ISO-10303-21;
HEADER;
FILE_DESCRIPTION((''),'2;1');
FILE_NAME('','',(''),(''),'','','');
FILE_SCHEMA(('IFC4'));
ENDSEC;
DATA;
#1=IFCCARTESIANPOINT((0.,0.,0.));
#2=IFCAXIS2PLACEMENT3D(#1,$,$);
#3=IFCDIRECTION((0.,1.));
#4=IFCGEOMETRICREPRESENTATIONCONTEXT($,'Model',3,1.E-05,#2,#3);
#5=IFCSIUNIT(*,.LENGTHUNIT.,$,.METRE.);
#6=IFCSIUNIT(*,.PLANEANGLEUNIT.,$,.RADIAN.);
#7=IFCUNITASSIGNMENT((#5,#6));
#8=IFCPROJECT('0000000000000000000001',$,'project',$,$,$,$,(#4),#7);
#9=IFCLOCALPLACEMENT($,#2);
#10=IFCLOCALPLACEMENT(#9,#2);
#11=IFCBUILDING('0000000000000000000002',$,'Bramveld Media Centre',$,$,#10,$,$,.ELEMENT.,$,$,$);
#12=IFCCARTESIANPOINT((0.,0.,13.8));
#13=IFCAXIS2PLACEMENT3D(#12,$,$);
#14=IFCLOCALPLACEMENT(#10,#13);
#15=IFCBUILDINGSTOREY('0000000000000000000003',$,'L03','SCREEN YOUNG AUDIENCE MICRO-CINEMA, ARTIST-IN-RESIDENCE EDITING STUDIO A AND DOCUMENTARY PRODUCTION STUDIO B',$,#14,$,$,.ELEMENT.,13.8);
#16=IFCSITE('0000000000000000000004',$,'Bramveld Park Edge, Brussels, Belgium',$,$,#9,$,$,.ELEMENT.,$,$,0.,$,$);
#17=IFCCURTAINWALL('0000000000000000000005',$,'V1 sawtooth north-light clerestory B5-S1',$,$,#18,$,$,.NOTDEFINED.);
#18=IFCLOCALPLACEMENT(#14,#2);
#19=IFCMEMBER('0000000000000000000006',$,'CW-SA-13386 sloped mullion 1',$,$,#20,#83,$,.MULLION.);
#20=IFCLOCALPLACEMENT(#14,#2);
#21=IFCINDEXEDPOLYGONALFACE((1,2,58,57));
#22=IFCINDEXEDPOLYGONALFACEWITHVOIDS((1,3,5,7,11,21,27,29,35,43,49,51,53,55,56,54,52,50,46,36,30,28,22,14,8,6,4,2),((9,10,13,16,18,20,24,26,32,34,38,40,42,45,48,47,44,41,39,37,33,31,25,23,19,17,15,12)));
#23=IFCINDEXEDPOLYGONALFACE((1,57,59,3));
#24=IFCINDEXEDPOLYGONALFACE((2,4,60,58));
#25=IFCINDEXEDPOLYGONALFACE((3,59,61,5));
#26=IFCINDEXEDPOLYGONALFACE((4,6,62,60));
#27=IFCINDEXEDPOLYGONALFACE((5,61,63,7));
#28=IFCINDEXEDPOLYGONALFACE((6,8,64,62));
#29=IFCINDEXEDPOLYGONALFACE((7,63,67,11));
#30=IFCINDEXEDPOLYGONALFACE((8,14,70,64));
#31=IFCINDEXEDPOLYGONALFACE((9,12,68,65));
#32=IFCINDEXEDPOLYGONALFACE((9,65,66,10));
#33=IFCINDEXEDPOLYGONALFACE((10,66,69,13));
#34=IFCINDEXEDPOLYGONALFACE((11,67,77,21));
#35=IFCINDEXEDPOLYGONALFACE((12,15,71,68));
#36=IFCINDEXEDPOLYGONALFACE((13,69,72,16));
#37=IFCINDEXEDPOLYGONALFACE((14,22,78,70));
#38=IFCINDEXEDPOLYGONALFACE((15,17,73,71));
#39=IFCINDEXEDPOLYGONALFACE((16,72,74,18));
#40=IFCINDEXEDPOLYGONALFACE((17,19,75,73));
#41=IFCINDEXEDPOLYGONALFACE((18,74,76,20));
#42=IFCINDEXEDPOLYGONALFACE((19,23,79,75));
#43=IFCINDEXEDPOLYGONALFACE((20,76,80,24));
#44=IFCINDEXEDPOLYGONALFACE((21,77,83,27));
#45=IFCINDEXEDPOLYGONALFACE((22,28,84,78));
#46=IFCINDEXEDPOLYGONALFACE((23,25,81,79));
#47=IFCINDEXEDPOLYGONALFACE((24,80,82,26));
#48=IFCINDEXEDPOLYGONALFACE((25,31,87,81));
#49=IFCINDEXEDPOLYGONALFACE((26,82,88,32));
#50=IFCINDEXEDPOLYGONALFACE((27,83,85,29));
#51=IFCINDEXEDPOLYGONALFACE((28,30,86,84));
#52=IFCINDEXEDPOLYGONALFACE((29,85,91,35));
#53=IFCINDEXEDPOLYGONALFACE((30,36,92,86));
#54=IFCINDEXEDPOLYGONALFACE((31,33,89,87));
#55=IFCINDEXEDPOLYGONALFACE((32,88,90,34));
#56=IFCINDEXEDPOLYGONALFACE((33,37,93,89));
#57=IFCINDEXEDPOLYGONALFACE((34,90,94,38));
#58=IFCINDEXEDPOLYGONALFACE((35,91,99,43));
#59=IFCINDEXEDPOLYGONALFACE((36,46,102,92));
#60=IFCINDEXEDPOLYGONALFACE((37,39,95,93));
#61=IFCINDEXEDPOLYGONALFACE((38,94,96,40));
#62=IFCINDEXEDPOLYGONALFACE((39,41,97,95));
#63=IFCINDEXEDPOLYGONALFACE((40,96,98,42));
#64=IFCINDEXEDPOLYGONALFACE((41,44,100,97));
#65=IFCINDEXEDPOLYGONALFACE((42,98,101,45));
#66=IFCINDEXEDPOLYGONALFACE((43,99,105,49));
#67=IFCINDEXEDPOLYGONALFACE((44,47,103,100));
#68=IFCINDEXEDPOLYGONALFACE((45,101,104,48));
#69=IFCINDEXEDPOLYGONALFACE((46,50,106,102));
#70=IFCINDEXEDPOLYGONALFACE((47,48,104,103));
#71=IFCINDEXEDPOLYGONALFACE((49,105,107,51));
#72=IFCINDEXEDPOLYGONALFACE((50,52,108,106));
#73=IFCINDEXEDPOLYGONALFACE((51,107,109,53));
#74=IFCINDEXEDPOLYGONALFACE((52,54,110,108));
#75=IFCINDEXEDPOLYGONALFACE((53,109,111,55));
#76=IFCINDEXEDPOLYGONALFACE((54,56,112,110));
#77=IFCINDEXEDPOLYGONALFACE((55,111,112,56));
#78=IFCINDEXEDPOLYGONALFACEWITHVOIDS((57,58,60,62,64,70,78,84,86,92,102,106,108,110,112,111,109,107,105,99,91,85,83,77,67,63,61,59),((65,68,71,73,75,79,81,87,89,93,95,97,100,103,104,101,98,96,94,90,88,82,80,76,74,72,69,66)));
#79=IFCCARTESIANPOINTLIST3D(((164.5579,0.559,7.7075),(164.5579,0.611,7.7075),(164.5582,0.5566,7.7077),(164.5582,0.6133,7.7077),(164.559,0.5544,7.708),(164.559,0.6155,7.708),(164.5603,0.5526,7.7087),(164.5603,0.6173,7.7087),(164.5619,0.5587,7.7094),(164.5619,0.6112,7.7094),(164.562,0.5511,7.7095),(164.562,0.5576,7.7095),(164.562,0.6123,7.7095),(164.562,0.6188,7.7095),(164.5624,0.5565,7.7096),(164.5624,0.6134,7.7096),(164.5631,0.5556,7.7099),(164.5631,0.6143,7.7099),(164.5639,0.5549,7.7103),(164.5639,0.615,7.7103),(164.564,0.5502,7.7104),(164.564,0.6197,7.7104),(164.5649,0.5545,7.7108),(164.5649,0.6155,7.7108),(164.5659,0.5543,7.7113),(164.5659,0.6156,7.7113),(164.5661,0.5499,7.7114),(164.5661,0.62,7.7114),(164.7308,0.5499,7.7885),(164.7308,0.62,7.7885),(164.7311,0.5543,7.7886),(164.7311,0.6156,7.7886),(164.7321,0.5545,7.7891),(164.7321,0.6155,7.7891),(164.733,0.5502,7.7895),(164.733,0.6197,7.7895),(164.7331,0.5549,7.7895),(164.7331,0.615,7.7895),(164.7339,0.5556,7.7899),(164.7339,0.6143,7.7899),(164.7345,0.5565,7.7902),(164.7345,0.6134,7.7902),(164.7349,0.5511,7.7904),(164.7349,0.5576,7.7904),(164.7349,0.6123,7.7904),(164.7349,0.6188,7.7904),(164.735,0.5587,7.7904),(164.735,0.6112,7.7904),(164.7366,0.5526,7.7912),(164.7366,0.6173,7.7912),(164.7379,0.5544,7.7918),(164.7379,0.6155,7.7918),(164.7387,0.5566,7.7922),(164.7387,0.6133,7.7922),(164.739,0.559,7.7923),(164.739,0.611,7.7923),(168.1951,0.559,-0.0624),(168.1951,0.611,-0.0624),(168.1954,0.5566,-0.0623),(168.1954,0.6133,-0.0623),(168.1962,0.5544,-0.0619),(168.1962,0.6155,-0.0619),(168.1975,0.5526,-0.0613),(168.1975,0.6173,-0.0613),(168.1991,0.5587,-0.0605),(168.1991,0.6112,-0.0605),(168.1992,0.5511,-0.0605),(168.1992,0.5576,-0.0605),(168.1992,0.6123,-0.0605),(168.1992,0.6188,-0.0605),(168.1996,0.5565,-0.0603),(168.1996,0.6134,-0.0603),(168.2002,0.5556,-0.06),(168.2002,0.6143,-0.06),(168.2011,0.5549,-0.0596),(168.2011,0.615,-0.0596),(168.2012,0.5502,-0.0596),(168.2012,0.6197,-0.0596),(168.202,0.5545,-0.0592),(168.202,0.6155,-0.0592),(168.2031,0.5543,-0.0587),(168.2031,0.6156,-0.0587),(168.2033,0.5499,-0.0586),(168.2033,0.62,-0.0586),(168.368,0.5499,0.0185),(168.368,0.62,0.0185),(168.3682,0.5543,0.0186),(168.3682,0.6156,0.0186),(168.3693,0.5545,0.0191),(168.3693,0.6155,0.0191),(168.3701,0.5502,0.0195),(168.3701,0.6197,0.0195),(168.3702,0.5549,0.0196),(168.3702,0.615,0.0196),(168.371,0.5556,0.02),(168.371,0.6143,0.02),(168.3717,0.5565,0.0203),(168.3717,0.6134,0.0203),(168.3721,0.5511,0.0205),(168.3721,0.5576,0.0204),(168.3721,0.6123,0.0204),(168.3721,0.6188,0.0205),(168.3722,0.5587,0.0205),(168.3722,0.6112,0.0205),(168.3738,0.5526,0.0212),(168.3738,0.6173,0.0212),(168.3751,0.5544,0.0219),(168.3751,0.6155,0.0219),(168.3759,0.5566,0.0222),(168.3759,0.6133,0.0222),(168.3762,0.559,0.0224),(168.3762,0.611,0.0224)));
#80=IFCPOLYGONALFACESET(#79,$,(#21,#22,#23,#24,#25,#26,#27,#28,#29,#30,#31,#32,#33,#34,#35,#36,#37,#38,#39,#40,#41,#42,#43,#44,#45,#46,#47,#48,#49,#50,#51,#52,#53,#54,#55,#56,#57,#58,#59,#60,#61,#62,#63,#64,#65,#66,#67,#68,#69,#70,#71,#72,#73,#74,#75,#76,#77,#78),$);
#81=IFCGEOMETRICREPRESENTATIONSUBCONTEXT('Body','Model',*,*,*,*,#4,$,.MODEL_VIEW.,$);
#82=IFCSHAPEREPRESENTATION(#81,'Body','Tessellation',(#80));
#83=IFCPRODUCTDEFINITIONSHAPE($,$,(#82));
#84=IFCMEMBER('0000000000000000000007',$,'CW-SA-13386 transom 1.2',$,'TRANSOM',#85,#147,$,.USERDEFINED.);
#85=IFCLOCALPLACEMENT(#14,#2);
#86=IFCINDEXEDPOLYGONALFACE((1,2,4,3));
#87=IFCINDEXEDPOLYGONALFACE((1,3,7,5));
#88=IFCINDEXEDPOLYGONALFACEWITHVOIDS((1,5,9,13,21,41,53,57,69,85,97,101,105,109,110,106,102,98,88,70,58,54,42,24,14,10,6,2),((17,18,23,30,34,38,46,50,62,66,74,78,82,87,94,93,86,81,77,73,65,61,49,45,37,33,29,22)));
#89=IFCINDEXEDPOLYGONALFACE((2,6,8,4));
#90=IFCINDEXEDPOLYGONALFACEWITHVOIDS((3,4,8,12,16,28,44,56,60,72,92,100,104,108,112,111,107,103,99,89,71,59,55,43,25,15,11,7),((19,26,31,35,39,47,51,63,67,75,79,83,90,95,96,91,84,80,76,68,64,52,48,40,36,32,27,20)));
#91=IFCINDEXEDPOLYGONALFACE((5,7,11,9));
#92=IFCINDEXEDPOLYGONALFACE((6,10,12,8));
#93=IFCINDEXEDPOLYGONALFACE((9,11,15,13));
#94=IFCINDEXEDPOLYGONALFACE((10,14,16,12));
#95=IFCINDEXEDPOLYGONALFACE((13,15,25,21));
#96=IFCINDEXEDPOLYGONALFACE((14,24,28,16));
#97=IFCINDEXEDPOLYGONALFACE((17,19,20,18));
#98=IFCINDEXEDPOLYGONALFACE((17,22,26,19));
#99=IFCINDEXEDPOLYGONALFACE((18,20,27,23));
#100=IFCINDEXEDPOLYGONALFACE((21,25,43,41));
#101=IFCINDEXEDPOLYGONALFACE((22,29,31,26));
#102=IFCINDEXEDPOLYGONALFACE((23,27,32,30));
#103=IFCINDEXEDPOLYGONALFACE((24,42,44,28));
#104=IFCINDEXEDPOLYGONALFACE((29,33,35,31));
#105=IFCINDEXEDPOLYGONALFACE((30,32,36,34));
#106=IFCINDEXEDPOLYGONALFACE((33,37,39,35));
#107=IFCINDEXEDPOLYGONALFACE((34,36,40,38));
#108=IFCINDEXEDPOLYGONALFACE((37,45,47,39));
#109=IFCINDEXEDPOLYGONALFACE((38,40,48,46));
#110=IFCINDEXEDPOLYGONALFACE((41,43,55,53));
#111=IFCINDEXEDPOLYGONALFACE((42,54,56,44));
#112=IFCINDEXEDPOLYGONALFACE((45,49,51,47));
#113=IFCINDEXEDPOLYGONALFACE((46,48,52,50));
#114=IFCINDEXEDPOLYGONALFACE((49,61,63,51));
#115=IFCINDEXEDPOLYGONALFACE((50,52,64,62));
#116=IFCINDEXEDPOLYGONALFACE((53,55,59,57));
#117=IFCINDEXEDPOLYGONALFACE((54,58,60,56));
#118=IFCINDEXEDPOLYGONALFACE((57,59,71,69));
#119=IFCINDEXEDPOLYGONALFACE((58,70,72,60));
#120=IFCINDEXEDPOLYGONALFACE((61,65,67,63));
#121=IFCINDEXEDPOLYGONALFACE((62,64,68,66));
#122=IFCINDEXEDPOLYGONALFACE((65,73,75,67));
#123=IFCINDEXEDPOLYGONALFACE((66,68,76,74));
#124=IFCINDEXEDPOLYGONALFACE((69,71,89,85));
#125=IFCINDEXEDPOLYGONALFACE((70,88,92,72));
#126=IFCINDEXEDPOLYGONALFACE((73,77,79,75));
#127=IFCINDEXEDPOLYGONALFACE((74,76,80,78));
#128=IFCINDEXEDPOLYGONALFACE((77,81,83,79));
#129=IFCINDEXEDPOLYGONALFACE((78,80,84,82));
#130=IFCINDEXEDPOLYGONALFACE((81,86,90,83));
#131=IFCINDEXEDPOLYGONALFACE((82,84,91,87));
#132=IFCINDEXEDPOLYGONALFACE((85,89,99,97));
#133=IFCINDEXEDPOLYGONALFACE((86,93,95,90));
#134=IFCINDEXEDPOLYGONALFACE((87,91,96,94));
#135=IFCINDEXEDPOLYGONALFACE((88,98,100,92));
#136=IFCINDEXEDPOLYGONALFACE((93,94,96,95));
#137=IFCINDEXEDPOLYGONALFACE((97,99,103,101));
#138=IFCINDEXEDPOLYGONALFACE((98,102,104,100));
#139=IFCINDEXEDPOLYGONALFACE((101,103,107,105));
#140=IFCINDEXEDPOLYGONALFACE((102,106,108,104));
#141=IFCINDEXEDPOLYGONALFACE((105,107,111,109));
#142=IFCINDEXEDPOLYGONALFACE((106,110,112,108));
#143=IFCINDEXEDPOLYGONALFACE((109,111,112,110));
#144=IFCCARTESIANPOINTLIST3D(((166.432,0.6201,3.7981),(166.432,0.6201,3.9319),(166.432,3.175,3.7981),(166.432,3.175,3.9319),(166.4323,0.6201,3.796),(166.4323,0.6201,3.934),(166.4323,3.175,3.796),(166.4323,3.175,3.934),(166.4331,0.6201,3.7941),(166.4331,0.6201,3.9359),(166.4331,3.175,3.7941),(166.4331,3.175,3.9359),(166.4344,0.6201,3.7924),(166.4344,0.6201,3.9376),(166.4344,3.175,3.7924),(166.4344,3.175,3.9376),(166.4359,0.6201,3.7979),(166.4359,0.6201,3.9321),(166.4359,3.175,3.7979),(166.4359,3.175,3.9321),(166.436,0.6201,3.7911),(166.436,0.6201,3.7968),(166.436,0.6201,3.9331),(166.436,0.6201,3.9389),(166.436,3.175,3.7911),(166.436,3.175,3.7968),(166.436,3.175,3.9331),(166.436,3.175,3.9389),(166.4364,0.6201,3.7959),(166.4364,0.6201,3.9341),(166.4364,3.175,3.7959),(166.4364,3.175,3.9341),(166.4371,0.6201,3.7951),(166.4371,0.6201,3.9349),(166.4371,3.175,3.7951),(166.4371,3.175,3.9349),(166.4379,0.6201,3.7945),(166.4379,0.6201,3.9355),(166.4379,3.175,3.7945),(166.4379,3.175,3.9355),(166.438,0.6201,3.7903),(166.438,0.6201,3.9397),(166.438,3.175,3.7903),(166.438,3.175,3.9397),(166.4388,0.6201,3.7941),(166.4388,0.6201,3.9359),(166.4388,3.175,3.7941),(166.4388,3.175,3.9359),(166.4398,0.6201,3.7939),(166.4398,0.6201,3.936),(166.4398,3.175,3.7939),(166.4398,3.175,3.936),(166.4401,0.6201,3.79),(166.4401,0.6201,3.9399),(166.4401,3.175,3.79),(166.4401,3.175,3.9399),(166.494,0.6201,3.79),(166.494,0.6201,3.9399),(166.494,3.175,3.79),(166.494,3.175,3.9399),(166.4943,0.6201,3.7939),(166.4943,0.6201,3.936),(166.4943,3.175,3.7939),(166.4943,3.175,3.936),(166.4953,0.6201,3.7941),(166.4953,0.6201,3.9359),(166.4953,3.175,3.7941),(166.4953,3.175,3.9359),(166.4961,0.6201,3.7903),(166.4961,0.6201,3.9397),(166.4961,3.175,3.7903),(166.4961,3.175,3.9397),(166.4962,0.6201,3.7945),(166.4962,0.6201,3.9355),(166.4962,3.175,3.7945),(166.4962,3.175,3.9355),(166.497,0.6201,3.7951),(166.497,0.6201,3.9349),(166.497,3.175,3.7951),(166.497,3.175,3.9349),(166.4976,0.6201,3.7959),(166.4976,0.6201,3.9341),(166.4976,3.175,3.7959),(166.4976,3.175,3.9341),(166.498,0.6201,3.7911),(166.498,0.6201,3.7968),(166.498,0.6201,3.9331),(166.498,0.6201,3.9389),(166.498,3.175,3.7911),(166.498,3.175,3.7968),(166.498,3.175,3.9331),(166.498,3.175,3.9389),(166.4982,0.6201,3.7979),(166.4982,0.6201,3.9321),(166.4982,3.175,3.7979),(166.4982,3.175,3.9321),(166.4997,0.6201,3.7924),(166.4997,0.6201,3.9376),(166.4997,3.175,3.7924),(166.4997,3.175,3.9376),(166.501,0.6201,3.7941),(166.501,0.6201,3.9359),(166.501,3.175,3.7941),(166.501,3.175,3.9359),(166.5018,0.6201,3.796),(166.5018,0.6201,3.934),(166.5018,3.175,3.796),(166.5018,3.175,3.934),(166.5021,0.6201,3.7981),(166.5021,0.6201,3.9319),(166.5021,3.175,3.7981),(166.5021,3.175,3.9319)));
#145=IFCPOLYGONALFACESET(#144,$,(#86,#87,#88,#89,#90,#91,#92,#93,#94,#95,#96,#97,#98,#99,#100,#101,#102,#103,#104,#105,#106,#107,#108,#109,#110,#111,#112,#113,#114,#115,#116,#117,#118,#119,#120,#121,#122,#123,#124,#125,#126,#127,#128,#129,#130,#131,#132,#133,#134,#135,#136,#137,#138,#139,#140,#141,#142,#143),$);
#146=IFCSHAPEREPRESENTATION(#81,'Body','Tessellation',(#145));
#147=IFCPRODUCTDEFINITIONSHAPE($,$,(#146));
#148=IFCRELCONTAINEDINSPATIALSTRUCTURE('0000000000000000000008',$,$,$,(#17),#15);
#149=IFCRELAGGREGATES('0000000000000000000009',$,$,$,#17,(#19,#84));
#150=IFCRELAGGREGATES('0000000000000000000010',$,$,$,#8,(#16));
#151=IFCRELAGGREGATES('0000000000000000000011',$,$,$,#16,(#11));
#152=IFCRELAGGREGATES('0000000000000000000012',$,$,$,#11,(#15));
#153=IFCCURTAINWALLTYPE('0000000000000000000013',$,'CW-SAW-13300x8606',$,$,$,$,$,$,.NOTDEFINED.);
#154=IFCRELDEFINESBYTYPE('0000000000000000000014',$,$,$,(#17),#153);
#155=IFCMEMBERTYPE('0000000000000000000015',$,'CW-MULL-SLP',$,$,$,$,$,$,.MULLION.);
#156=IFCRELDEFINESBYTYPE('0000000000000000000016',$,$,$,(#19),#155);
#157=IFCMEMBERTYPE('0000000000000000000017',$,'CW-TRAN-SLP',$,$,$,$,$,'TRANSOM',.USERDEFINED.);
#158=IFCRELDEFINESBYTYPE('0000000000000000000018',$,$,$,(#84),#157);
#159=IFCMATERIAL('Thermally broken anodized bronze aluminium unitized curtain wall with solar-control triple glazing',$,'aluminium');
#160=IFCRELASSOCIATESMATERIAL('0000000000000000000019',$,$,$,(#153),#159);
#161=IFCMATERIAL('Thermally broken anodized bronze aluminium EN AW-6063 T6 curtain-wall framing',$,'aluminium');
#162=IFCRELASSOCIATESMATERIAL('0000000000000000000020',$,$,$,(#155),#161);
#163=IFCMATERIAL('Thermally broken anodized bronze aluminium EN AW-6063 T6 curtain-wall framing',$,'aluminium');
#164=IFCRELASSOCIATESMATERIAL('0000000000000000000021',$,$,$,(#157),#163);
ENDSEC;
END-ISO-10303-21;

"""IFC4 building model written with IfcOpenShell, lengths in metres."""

from ifc_helpers import new_model, si_unit, direction, frame, origin, origin_2d, place, context, subcontext, project, spatial, hollow_rectangle, extrude, material, material_profile, profile_set, type_object, element, aggregate, save


model = new_model("IFC4")

# Units and contexts
model_context = context("Model", 3, precision=1e-05, world=origin(), true_north=direction((0.0, 1.0)))
body_context = subcontext(model_context, "Body", "Model", "MODEL_VIEW")
ifc_project = project(units=[si_unit("LENGTHUNIT", "METRE"), si_unit("PLANEANGLEUNIT", "RADIAN")], contexts=[model_context])

# Site, building, storey
site_placement = place(None, origin())
site = spatial("IfcSite", under=ifc_project, at=site_placement, Name="Bramveld Park Edge, Brussels, Belgium", CompositionType="ELEMENT", RefElevation=0.0)
building_placement = place(site_placement, origin())
building = spatial("IfcBuilding", under=site, at=building_placement, Name="Bramveld Media Centre", CompositionType="ELEMENT")
storey_placement = place(building_placement, frame((0.0, 0.0, 13.8)))
storey = spatial("IfcBuildingStorey", under=building, at=storey_placement, Name="L03", Description="SCREEN YOUNG AUDIENCE MICRO-CINEMA, ARTIST-IN-RESIDENCE EDITING STUDIO A AND DOCUMENTARY PRODUCTION STUDIO B", CompositionType="ELEMENT", Elevation=13.8)

# Curtain wall, members
ifc_material_1 = material(Name="Thermally broken anodized bronze aluminium unitized curtain wall with solar-control triple glazing", Category="aluminium")
curtain_wall_type = type_object("IfcCurtainWallType", Name="CW-SAW-13300x8606", PredefinedType="NOTDEFINED", material=ifc_material_1)
curtain_wall_placement = place(storey_placement, origin())
curtain_wall = element("IfcCurtainWall", 1, at=curtain_wall_placement, inside=storey, type_object=curtain_wall_type, Name="V1 sawtooth north-light clerestory B5-S1", PredefinedType="NOTDEFINED")
ifc_material_2 = material(Name="Thermally broken anodized bronze aluminium EN AW-6063 T6 curtain-wall framing", Category="aluminium")
ifc_material_profile_1 = material_profile(ifc_material_2, hollow_rectangle(XDim=0.0701, YDim=0.2, WallThickness=0.0044, InnerFilletRadius=0.0044, OuterFilletRadius=0.009, at=origin_2d()), Name="AL-MULL 70x200")
ifc_profile_set_1 = profile_set([ifc_material_profile_1], Name="Thermally broken anodized bronze aluminium EN AW-6063 T6 curtain-wall framing")
member_type_1 = type_object("IfcMemberType", Name="CW-MULL-SLP", PredefinedType="MULLION", material=ifc_profile_set_1)
member_1_placement = place(storey_placement, frame((168.2856, 0.585, -0.02), z_axis=(-0.423957, 0.0, 0.905682), x_axis=(0.0, -1.0, 0.0)))
member_1 = element("IfcMember", 2, at=member_1_placement, type_object=member_type_1, Name="CW-SA-13386 sloped mullion 1", PredefinedType="MULLION", context=body_context, shape_type="SweptSolid", body=[
    extrude(hollow_rectangle(XDim=0.0701, YDim=0.2, WallThickness=0.0044, InnerFilletRadius=0.0044, OuterFilletRadius=0.009, at=origin_2d()), origin(), (0.0, 0.0, 1.0), 8.5791),
])
ifc_material_3 = material(Name="Thermally broken anodized bronze aluminium EN AW-6063 T6 curtain-wall framing", Category="aluminium")
ifc_material_profile_2 = material_profile(ifc_material_3, hollow_rectangle(XDim=0.0701, YDim=0.1499, WallThickness=0.0039, InnerFilletRadius=0.0039, OuterFilletRadius=0.0081, at=origin_2d()), Name="AL-TRAN 70x150")
ifc_profile_set_2 = profile_set([ifc_material_profile_2], Name="Thermally broken anodized bronze aluminium EN AW-6063 T6 curtain-wall framing")
member_type_2 = type_object("IfcMemberType", Name="CW-TRAN-SLP", ElementType="TRANSOM", PredefinedType="USERDEFINED", material=ifc_profile_set_2)
member_2_placement = place(storey_placement, frame((166.467, 0.6201, 3.865), z_axis=(0.0, 1.0, 0.0), x_axis=(-1.0, 0.0, 0.0)))
member_2 = element("IfcMember", 3, at=member_2_placement, type_object=member_type_2, Name="CW-SA-13386 transom 1.2", ObjectType="TRANSOM", PredefinedType="USERDEFINED", context=body_context, shape_type="SweptSolid", body=[
    extrude(hollow_rectangle(XDim=0.0701, YDim=0.1499, WallThickness=0.0039, InnerFilletRadius=0.0039, OuterFilletRadius=0.0081, at=origin_2d()), origin(), (0.0, 0.0, 1.0), 2.5549),
])

aggregate(curtain_wall, [member_1, member_2])

save(model, "model.ifc")
